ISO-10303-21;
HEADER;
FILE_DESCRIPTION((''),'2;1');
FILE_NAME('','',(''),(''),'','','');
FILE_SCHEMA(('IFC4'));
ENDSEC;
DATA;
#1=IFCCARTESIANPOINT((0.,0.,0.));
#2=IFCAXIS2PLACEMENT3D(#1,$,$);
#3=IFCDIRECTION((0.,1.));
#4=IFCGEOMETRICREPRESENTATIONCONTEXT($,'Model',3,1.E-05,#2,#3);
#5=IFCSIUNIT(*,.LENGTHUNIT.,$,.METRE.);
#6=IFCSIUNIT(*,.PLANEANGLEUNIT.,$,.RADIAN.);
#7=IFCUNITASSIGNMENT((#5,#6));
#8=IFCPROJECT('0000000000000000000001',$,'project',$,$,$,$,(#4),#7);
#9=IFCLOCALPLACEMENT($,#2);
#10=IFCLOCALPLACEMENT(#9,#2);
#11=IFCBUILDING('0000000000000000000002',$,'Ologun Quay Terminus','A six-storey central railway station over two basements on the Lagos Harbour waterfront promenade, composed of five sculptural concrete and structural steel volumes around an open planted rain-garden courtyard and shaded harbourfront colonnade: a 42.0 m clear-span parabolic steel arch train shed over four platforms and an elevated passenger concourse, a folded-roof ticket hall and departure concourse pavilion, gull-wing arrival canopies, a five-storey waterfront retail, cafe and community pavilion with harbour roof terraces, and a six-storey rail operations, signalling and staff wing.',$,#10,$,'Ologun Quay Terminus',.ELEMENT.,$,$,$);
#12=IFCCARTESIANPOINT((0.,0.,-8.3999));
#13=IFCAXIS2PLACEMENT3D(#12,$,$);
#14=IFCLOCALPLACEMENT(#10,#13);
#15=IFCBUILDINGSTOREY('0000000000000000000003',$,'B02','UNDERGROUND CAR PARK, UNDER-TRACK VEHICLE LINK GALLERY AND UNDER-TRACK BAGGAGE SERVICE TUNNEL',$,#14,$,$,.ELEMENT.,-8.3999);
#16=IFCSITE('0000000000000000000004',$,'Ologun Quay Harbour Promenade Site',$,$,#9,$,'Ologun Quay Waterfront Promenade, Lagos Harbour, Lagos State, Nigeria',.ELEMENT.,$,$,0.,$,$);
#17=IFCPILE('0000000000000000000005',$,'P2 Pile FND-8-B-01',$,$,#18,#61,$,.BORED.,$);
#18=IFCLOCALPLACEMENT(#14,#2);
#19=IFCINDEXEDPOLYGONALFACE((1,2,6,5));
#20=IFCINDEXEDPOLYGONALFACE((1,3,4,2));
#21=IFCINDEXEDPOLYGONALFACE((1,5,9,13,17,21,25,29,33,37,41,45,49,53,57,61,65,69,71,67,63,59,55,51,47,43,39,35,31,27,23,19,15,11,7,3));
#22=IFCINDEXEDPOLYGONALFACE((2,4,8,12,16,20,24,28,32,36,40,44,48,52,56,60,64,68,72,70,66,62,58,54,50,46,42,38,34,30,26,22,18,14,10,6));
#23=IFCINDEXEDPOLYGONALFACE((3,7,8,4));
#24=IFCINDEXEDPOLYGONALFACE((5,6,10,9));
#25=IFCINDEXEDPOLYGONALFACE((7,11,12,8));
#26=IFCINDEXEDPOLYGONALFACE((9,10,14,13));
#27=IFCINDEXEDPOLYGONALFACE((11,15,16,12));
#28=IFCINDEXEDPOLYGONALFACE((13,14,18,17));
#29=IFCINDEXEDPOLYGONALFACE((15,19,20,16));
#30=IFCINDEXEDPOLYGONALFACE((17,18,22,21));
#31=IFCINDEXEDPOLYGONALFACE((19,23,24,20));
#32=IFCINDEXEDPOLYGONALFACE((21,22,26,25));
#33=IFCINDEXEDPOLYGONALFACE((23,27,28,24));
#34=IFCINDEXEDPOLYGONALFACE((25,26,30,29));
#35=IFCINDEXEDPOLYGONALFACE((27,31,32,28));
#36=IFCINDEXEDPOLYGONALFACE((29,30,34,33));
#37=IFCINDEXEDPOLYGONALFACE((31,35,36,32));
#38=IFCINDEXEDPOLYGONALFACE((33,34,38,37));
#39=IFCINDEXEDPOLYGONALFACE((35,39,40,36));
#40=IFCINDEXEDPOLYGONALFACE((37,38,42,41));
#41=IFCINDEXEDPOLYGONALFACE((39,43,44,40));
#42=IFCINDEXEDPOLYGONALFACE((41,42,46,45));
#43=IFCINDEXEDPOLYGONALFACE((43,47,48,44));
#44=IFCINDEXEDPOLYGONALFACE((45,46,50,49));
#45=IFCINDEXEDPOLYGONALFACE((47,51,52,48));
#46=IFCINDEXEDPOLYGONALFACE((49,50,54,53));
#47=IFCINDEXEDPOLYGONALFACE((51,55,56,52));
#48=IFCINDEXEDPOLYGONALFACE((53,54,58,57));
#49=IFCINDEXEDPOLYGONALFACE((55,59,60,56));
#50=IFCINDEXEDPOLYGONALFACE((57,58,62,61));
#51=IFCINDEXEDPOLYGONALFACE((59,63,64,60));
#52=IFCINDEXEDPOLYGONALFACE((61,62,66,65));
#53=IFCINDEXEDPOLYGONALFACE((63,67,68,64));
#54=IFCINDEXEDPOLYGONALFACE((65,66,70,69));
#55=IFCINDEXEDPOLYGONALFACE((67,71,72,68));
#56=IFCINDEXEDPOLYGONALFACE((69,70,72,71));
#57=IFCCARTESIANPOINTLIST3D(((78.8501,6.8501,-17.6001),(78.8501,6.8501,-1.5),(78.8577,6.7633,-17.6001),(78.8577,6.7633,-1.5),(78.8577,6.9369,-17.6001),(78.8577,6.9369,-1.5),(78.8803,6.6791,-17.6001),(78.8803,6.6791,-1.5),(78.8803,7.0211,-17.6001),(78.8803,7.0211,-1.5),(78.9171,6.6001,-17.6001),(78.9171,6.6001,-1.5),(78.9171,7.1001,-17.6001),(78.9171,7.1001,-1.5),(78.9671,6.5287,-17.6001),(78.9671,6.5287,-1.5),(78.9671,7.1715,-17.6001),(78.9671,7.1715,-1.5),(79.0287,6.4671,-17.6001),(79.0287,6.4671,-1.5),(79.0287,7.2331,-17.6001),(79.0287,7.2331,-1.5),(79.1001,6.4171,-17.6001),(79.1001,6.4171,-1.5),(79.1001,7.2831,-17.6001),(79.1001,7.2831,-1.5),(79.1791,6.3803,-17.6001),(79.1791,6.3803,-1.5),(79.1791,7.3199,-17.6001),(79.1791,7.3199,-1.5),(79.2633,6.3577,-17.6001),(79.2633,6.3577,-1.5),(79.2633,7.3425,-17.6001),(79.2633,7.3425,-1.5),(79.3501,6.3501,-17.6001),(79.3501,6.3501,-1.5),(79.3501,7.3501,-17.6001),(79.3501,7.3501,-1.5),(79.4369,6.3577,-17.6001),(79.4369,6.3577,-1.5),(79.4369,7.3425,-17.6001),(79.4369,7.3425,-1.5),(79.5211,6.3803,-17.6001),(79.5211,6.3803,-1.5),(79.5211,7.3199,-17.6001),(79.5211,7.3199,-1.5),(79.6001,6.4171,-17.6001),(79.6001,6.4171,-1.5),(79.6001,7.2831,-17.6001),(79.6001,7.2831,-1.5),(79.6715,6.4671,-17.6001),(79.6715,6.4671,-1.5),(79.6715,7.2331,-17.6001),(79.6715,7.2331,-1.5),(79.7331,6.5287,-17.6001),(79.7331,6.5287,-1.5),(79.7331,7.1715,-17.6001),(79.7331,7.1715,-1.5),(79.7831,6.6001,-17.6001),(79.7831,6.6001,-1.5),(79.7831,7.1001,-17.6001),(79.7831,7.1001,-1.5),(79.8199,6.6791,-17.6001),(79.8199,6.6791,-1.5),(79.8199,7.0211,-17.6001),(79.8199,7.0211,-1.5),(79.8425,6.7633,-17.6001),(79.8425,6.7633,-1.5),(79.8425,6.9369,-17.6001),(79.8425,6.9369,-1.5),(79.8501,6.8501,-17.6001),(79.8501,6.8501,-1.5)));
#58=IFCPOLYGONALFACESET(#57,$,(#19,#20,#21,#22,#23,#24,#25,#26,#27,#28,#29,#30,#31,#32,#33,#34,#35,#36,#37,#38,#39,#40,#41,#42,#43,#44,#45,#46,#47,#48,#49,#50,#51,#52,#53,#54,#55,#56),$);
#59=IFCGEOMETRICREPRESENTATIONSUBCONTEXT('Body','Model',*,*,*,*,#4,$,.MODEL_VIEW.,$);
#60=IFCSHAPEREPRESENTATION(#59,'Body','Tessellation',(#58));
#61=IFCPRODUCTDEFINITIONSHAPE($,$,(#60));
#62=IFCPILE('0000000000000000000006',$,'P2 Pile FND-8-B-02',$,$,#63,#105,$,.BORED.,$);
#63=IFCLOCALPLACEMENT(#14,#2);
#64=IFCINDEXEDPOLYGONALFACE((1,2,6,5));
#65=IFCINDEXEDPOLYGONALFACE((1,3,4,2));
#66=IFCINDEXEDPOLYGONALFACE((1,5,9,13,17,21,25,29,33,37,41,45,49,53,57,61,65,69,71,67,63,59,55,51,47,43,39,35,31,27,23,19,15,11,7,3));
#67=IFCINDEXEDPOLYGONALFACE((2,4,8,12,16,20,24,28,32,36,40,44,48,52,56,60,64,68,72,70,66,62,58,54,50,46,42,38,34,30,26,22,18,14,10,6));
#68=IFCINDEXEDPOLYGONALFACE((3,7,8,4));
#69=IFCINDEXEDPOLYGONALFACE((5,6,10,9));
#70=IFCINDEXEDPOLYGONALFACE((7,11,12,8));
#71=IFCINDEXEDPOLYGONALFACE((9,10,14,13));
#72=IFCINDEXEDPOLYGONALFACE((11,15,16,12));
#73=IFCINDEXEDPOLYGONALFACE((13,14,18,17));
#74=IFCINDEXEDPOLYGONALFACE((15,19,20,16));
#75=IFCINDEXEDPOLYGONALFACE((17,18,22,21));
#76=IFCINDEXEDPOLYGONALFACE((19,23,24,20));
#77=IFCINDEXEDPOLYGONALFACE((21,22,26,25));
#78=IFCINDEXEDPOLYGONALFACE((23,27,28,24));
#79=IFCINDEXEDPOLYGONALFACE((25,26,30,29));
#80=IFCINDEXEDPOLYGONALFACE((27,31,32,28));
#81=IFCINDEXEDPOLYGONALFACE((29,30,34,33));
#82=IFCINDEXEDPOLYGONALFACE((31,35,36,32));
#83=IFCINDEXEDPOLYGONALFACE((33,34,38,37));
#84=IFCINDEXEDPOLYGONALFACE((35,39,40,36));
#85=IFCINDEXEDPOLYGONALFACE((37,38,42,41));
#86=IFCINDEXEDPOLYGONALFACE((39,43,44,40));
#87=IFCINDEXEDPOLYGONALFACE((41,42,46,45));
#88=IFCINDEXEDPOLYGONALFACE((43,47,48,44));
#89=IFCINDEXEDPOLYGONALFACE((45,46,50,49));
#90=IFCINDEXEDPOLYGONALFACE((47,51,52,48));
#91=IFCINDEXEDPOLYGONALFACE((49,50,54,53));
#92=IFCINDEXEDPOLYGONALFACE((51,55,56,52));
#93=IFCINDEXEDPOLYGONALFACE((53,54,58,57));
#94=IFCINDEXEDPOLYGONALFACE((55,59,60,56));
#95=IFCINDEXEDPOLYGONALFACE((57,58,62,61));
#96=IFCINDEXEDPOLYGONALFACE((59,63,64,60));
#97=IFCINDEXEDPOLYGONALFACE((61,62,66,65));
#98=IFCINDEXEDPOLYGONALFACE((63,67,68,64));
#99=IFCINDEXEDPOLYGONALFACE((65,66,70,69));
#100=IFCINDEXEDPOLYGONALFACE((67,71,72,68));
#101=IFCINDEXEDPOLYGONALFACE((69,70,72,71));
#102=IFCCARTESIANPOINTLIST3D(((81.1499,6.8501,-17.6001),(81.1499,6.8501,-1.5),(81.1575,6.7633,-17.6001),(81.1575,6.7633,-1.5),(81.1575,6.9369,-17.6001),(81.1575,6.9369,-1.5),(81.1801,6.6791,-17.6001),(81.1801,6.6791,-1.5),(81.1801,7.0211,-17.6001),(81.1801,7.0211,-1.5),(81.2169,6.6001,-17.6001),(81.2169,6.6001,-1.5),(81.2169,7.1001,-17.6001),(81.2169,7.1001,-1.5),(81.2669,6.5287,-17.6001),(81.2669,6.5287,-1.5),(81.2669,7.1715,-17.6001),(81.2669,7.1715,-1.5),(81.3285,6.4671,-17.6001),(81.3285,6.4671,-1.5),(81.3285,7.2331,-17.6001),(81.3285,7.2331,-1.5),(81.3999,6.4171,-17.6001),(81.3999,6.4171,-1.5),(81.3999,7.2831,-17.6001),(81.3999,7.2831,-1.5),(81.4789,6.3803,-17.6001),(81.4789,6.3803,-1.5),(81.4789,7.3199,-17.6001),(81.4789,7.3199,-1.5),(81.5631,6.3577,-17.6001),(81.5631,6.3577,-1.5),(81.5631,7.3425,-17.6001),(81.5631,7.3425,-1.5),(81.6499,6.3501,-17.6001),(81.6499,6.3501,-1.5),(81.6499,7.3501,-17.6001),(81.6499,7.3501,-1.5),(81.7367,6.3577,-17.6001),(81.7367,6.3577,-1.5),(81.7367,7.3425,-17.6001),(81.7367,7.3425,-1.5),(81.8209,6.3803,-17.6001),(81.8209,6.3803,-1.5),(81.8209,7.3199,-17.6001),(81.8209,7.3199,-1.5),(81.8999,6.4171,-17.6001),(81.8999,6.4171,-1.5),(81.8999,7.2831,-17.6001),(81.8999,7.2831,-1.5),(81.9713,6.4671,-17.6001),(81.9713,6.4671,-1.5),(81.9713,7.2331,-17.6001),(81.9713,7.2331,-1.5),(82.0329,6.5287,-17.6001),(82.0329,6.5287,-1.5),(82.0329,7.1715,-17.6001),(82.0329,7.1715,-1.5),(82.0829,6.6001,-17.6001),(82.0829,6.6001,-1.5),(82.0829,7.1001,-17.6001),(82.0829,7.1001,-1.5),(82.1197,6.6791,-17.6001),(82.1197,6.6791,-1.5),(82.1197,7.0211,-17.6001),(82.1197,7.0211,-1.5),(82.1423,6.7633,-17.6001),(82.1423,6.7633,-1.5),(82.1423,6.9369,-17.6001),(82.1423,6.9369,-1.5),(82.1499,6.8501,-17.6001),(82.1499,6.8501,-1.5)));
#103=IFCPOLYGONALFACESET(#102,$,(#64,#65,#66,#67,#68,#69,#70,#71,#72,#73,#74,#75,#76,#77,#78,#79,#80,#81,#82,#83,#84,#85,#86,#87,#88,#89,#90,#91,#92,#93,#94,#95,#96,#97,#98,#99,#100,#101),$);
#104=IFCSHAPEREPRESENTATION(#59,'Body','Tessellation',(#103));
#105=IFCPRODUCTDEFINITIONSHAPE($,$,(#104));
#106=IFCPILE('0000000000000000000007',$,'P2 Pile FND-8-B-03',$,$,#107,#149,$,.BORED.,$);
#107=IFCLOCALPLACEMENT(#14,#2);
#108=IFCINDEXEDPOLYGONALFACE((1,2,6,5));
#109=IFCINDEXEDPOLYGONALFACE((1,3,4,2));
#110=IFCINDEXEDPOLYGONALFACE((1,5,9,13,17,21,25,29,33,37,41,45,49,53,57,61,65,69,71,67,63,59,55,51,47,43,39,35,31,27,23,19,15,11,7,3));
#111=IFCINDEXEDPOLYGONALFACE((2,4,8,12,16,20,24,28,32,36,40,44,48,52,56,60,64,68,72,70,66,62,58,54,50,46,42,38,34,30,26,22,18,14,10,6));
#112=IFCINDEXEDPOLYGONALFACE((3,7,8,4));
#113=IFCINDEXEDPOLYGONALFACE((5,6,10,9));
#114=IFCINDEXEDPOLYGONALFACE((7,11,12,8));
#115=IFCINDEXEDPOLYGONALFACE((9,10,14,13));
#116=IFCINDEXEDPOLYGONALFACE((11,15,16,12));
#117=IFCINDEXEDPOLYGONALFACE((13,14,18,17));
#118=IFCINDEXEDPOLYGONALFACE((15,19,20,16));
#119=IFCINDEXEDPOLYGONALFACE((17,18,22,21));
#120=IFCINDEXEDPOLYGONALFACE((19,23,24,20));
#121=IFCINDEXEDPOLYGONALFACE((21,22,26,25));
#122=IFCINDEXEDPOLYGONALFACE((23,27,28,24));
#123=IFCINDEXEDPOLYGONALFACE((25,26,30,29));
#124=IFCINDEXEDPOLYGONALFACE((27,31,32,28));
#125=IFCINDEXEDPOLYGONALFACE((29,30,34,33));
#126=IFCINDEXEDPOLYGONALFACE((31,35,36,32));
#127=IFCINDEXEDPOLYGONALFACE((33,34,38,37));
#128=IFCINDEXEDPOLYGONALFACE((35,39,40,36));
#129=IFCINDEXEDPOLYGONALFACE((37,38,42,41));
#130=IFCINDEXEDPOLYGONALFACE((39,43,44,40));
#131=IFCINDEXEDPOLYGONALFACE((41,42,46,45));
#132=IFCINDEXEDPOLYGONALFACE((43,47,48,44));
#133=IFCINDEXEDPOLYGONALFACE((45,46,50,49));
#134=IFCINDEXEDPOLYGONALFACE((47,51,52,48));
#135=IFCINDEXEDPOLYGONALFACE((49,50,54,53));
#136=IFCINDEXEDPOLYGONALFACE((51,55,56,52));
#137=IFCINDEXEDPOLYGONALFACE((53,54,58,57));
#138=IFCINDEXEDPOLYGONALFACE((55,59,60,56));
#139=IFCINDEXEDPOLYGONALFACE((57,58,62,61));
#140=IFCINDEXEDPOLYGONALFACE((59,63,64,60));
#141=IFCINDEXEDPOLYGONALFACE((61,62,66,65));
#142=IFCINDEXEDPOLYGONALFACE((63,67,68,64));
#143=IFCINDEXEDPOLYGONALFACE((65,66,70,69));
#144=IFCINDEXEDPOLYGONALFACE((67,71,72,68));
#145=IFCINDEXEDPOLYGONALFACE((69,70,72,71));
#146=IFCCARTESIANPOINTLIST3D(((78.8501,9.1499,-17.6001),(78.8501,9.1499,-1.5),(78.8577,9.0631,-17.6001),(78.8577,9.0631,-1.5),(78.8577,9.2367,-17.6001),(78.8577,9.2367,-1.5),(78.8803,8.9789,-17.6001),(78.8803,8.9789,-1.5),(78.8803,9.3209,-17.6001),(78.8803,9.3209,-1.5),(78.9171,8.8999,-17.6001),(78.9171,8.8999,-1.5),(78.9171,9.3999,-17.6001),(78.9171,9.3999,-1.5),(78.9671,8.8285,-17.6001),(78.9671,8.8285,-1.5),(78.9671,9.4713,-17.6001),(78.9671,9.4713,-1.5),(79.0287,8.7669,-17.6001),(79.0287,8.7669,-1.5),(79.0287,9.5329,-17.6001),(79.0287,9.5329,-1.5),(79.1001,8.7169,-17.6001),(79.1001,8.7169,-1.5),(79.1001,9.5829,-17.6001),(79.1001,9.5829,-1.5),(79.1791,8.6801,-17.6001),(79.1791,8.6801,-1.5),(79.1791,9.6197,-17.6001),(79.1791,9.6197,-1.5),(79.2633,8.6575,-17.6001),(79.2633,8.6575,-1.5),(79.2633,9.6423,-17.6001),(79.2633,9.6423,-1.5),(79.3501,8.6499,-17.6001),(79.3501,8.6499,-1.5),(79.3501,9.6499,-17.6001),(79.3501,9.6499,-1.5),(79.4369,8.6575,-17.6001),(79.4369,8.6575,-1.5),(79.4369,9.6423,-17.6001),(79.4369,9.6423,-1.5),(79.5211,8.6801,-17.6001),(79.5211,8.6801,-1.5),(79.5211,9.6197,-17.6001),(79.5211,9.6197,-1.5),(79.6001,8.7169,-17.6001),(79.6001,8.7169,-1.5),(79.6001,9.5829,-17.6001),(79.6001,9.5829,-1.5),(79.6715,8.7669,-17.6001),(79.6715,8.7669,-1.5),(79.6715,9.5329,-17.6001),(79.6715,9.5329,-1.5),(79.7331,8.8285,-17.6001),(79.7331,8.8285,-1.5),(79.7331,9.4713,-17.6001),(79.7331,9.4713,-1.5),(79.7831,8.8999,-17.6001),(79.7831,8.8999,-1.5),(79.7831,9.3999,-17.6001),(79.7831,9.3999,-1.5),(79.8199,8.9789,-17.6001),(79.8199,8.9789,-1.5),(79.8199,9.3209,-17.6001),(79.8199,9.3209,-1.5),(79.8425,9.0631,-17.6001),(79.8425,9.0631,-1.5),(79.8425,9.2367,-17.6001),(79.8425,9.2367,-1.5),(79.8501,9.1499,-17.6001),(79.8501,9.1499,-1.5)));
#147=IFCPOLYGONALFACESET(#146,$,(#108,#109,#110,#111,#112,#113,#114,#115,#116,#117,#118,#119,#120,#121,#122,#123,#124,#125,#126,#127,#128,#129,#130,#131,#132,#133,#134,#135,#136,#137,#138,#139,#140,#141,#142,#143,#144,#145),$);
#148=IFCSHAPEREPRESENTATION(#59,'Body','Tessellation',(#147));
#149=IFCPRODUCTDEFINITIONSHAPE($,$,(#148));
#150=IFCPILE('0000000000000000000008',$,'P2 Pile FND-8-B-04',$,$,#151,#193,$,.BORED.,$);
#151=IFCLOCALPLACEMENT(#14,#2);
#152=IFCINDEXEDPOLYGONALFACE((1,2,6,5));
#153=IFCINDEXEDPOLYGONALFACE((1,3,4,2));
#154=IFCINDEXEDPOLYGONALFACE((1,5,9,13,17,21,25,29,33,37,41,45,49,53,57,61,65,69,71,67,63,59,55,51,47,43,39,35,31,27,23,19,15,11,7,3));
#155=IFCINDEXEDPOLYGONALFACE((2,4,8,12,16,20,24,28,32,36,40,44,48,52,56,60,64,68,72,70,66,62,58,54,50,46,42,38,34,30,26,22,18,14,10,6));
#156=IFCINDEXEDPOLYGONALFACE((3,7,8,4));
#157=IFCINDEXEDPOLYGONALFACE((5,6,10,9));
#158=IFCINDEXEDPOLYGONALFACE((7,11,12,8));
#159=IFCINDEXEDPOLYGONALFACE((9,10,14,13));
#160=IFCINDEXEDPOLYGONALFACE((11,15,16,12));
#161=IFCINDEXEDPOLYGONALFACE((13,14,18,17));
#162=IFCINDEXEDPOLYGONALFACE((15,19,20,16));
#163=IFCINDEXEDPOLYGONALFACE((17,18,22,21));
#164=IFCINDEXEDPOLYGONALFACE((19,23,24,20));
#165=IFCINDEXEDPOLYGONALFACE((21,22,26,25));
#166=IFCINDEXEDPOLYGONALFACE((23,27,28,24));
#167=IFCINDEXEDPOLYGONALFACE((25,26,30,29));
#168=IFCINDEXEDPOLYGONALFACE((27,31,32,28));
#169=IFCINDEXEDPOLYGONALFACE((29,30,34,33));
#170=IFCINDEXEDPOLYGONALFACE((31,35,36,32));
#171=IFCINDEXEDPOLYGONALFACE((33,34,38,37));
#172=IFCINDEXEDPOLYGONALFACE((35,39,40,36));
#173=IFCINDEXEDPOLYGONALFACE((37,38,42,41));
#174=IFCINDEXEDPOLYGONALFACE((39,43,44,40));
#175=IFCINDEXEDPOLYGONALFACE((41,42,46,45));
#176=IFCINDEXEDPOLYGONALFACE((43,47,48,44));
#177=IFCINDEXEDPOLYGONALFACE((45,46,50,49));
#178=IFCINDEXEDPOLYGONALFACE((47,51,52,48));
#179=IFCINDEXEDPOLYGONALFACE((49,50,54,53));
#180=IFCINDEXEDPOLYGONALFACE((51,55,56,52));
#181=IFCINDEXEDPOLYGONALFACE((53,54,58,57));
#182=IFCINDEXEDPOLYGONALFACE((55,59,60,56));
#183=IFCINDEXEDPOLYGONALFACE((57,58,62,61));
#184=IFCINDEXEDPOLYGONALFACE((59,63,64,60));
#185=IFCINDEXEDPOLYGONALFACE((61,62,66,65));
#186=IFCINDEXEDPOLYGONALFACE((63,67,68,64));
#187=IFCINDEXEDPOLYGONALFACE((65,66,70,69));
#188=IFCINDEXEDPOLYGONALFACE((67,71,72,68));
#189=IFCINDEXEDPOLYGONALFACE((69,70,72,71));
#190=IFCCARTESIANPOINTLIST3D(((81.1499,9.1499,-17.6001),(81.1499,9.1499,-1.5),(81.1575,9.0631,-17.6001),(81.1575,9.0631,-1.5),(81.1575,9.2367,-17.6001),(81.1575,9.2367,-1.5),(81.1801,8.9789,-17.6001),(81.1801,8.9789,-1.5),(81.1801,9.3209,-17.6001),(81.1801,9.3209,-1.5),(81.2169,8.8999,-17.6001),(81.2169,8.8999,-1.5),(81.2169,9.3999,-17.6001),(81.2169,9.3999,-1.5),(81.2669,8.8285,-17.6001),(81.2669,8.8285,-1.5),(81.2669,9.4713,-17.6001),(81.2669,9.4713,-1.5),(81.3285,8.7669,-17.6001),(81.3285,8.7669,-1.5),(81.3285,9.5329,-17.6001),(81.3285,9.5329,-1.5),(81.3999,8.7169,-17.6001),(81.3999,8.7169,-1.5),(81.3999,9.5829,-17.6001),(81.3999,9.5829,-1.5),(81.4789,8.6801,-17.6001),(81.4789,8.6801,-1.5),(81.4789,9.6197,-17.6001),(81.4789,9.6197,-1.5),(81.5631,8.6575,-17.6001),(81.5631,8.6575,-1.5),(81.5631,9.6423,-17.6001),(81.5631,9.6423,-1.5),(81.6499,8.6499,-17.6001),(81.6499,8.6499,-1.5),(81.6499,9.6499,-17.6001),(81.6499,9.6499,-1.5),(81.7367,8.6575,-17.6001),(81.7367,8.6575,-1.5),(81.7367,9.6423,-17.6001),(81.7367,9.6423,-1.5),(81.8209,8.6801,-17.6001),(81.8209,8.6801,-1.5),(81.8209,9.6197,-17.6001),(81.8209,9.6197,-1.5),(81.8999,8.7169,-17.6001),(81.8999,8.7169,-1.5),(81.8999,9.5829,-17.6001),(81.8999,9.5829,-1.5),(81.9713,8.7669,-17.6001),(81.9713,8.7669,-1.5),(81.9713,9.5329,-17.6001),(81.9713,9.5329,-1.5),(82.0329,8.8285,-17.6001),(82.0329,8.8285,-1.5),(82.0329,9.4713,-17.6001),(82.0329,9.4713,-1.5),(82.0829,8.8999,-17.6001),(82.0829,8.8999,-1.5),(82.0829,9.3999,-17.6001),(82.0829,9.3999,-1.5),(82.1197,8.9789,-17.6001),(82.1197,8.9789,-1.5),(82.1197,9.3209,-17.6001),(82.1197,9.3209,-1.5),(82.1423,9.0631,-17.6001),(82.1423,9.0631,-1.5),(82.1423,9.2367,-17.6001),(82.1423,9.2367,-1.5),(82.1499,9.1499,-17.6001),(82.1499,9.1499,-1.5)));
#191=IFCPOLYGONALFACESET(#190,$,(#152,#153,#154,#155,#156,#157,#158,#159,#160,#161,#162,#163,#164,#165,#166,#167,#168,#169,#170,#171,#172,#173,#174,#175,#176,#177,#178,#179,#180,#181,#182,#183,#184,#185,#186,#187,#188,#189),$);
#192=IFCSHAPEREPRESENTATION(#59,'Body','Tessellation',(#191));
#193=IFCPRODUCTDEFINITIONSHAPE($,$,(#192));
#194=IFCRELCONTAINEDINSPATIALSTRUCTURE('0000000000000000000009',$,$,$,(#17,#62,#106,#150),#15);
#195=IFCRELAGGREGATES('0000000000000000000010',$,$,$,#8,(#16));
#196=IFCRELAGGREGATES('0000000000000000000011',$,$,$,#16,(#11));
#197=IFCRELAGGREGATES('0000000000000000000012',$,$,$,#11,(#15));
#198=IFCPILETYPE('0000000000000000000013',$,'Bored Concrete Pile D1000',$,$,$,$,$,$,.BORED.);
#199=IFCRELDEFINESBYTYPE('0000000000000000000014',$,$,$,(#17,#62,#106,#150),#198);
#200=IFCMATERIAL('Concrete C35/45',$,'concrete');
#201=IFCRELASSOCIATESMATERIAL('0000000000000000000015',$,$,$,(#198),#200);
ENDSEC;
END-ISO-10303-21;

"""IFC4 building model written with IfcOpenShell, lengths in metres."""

from ifc_helpers import new_model, si_unit, direction, frame, origin, origin_2d, place, context, subcontext, project, spatial, circle, extrude, material, material_profile, profile_set, type_object, element, save


model = new_model("IFC4")

# Units and contexts
model_context = context("Model", 3, precision=1e-05, world=origin(), true_north=direction((0.0, 1.0)))
body_context = subcontext(model_context, "Body", "Model", "MODEL_VIEW")
ifc_project = project(units=[si_unit("LENGTHUNIT", "METRE"), si_unit("PLANEANGLEUNIT", "RADIAN")], contexts=[model_context])

# Site, building, storey
site_placement = place(None, origin())
site = spatial("IfcSite", under=ifc_project, at=site_placement, Name="Ologun Quay Harbour Promenade Site", LongName="Ologun Quay Waterfront Promenade, Lagos Harbour, Lagos State, Nigeria", CompositionType="ELEMENT", RefElevation=0.0)
building_placement = place(site_placement, origin())
building = spatial("IfcBuilding", under=site, at=building_placement, Name="Ologun Quay Terminus", Description="A six-storey central railway station over two basements on the Lagos Harbour waterfront promenade, composed of five sculptural concrete and structural steel volumes around an open planted rain-garden courtyard and shaded harbourfront colonnade: a 42.0 m clear-span parabolic steel arch train shed over four platforms and an elevated passenger concourse, a folded-roof ticket hall and departure concourse pavilion, gull-wing arrival canopies, a five-storey waterfront retail, cafe and community pavilion with harbour roof terraces, and a six-storey rail operations, signalling and staff wing.", LongName="Ologun Quay Terminus", CompositionType="ELEMENT")
storey_placement = place(building_placement, frame((0.0, 0.0, -8.3999)))
storey = spatial("IfcBuildingStorey", under=building, at=storey_placement, Name="B02", Description="UNDERGROUND CAR PARK, UNDER-TRACK VEHICLE LINK GALLERY AND UNDER-TRACK BAGGAGE SERVICE TUNNEL", CompositionType="ELEMENT", Elevation=-8.3999)

# Piles
ifc_material_1 = material(Name="Concrete C35/45", Category="concrete")
ifc_material_profile_1 = material_profile(ifc_material_1, circle(Radius=0.5, at=origin_2d()), Name="PILE D1000")
ifc_profile_set_1 = profile_set([ifc_material_profile_1], Name="Concrete C35/45")
pile_type_1 = type_object("IfcPileType", Name="Bored Concrete Pile D1000", PredefinedType="BORED", material=ifc_profile_set_1)
for number, where, z_axis, x_axis, name in (
    (1, (79.3501, 6.8501, -1.5), (0.0, 0.0, -1.0), (1.0, 0.0, 0.0), "P2 Pile FND-8-B-01"),
    (2, (81.6499, 6.8501, -1.5), (0.0, 0.0, -1.0), (1.0, 0.0, 0.0), "P2 Pile FND-8-B-02"),
    (3, (79.3501, 9.1499, -1.5), (0.0, 0.0, -1.0), (1.0, 0.0, 0.0), "P2 Pile FND-8-B-03"),
    (4, (81.6499, 9.1499, -1.5), (0.0, 0.0, -1.0), (1.0, 0.0, 0.0), "P2 Pile FND-8-B-04"),
):
    element("IfcPile", number, at=place(storey_placement, frame(where, z_axis=z_axis, x_axis=x_axis)), inside=storey, type_object=pile_type_1, Name=name, PredefinedType="BORED", context=body_context, shape_type="SweptSolid", body=[
        extrude(circle(Radius=0.5, at=origin_2d()), origin(), (0.0, 0.0, 1.0), 16.1001),
    ])

save(model, "model.ifc")
